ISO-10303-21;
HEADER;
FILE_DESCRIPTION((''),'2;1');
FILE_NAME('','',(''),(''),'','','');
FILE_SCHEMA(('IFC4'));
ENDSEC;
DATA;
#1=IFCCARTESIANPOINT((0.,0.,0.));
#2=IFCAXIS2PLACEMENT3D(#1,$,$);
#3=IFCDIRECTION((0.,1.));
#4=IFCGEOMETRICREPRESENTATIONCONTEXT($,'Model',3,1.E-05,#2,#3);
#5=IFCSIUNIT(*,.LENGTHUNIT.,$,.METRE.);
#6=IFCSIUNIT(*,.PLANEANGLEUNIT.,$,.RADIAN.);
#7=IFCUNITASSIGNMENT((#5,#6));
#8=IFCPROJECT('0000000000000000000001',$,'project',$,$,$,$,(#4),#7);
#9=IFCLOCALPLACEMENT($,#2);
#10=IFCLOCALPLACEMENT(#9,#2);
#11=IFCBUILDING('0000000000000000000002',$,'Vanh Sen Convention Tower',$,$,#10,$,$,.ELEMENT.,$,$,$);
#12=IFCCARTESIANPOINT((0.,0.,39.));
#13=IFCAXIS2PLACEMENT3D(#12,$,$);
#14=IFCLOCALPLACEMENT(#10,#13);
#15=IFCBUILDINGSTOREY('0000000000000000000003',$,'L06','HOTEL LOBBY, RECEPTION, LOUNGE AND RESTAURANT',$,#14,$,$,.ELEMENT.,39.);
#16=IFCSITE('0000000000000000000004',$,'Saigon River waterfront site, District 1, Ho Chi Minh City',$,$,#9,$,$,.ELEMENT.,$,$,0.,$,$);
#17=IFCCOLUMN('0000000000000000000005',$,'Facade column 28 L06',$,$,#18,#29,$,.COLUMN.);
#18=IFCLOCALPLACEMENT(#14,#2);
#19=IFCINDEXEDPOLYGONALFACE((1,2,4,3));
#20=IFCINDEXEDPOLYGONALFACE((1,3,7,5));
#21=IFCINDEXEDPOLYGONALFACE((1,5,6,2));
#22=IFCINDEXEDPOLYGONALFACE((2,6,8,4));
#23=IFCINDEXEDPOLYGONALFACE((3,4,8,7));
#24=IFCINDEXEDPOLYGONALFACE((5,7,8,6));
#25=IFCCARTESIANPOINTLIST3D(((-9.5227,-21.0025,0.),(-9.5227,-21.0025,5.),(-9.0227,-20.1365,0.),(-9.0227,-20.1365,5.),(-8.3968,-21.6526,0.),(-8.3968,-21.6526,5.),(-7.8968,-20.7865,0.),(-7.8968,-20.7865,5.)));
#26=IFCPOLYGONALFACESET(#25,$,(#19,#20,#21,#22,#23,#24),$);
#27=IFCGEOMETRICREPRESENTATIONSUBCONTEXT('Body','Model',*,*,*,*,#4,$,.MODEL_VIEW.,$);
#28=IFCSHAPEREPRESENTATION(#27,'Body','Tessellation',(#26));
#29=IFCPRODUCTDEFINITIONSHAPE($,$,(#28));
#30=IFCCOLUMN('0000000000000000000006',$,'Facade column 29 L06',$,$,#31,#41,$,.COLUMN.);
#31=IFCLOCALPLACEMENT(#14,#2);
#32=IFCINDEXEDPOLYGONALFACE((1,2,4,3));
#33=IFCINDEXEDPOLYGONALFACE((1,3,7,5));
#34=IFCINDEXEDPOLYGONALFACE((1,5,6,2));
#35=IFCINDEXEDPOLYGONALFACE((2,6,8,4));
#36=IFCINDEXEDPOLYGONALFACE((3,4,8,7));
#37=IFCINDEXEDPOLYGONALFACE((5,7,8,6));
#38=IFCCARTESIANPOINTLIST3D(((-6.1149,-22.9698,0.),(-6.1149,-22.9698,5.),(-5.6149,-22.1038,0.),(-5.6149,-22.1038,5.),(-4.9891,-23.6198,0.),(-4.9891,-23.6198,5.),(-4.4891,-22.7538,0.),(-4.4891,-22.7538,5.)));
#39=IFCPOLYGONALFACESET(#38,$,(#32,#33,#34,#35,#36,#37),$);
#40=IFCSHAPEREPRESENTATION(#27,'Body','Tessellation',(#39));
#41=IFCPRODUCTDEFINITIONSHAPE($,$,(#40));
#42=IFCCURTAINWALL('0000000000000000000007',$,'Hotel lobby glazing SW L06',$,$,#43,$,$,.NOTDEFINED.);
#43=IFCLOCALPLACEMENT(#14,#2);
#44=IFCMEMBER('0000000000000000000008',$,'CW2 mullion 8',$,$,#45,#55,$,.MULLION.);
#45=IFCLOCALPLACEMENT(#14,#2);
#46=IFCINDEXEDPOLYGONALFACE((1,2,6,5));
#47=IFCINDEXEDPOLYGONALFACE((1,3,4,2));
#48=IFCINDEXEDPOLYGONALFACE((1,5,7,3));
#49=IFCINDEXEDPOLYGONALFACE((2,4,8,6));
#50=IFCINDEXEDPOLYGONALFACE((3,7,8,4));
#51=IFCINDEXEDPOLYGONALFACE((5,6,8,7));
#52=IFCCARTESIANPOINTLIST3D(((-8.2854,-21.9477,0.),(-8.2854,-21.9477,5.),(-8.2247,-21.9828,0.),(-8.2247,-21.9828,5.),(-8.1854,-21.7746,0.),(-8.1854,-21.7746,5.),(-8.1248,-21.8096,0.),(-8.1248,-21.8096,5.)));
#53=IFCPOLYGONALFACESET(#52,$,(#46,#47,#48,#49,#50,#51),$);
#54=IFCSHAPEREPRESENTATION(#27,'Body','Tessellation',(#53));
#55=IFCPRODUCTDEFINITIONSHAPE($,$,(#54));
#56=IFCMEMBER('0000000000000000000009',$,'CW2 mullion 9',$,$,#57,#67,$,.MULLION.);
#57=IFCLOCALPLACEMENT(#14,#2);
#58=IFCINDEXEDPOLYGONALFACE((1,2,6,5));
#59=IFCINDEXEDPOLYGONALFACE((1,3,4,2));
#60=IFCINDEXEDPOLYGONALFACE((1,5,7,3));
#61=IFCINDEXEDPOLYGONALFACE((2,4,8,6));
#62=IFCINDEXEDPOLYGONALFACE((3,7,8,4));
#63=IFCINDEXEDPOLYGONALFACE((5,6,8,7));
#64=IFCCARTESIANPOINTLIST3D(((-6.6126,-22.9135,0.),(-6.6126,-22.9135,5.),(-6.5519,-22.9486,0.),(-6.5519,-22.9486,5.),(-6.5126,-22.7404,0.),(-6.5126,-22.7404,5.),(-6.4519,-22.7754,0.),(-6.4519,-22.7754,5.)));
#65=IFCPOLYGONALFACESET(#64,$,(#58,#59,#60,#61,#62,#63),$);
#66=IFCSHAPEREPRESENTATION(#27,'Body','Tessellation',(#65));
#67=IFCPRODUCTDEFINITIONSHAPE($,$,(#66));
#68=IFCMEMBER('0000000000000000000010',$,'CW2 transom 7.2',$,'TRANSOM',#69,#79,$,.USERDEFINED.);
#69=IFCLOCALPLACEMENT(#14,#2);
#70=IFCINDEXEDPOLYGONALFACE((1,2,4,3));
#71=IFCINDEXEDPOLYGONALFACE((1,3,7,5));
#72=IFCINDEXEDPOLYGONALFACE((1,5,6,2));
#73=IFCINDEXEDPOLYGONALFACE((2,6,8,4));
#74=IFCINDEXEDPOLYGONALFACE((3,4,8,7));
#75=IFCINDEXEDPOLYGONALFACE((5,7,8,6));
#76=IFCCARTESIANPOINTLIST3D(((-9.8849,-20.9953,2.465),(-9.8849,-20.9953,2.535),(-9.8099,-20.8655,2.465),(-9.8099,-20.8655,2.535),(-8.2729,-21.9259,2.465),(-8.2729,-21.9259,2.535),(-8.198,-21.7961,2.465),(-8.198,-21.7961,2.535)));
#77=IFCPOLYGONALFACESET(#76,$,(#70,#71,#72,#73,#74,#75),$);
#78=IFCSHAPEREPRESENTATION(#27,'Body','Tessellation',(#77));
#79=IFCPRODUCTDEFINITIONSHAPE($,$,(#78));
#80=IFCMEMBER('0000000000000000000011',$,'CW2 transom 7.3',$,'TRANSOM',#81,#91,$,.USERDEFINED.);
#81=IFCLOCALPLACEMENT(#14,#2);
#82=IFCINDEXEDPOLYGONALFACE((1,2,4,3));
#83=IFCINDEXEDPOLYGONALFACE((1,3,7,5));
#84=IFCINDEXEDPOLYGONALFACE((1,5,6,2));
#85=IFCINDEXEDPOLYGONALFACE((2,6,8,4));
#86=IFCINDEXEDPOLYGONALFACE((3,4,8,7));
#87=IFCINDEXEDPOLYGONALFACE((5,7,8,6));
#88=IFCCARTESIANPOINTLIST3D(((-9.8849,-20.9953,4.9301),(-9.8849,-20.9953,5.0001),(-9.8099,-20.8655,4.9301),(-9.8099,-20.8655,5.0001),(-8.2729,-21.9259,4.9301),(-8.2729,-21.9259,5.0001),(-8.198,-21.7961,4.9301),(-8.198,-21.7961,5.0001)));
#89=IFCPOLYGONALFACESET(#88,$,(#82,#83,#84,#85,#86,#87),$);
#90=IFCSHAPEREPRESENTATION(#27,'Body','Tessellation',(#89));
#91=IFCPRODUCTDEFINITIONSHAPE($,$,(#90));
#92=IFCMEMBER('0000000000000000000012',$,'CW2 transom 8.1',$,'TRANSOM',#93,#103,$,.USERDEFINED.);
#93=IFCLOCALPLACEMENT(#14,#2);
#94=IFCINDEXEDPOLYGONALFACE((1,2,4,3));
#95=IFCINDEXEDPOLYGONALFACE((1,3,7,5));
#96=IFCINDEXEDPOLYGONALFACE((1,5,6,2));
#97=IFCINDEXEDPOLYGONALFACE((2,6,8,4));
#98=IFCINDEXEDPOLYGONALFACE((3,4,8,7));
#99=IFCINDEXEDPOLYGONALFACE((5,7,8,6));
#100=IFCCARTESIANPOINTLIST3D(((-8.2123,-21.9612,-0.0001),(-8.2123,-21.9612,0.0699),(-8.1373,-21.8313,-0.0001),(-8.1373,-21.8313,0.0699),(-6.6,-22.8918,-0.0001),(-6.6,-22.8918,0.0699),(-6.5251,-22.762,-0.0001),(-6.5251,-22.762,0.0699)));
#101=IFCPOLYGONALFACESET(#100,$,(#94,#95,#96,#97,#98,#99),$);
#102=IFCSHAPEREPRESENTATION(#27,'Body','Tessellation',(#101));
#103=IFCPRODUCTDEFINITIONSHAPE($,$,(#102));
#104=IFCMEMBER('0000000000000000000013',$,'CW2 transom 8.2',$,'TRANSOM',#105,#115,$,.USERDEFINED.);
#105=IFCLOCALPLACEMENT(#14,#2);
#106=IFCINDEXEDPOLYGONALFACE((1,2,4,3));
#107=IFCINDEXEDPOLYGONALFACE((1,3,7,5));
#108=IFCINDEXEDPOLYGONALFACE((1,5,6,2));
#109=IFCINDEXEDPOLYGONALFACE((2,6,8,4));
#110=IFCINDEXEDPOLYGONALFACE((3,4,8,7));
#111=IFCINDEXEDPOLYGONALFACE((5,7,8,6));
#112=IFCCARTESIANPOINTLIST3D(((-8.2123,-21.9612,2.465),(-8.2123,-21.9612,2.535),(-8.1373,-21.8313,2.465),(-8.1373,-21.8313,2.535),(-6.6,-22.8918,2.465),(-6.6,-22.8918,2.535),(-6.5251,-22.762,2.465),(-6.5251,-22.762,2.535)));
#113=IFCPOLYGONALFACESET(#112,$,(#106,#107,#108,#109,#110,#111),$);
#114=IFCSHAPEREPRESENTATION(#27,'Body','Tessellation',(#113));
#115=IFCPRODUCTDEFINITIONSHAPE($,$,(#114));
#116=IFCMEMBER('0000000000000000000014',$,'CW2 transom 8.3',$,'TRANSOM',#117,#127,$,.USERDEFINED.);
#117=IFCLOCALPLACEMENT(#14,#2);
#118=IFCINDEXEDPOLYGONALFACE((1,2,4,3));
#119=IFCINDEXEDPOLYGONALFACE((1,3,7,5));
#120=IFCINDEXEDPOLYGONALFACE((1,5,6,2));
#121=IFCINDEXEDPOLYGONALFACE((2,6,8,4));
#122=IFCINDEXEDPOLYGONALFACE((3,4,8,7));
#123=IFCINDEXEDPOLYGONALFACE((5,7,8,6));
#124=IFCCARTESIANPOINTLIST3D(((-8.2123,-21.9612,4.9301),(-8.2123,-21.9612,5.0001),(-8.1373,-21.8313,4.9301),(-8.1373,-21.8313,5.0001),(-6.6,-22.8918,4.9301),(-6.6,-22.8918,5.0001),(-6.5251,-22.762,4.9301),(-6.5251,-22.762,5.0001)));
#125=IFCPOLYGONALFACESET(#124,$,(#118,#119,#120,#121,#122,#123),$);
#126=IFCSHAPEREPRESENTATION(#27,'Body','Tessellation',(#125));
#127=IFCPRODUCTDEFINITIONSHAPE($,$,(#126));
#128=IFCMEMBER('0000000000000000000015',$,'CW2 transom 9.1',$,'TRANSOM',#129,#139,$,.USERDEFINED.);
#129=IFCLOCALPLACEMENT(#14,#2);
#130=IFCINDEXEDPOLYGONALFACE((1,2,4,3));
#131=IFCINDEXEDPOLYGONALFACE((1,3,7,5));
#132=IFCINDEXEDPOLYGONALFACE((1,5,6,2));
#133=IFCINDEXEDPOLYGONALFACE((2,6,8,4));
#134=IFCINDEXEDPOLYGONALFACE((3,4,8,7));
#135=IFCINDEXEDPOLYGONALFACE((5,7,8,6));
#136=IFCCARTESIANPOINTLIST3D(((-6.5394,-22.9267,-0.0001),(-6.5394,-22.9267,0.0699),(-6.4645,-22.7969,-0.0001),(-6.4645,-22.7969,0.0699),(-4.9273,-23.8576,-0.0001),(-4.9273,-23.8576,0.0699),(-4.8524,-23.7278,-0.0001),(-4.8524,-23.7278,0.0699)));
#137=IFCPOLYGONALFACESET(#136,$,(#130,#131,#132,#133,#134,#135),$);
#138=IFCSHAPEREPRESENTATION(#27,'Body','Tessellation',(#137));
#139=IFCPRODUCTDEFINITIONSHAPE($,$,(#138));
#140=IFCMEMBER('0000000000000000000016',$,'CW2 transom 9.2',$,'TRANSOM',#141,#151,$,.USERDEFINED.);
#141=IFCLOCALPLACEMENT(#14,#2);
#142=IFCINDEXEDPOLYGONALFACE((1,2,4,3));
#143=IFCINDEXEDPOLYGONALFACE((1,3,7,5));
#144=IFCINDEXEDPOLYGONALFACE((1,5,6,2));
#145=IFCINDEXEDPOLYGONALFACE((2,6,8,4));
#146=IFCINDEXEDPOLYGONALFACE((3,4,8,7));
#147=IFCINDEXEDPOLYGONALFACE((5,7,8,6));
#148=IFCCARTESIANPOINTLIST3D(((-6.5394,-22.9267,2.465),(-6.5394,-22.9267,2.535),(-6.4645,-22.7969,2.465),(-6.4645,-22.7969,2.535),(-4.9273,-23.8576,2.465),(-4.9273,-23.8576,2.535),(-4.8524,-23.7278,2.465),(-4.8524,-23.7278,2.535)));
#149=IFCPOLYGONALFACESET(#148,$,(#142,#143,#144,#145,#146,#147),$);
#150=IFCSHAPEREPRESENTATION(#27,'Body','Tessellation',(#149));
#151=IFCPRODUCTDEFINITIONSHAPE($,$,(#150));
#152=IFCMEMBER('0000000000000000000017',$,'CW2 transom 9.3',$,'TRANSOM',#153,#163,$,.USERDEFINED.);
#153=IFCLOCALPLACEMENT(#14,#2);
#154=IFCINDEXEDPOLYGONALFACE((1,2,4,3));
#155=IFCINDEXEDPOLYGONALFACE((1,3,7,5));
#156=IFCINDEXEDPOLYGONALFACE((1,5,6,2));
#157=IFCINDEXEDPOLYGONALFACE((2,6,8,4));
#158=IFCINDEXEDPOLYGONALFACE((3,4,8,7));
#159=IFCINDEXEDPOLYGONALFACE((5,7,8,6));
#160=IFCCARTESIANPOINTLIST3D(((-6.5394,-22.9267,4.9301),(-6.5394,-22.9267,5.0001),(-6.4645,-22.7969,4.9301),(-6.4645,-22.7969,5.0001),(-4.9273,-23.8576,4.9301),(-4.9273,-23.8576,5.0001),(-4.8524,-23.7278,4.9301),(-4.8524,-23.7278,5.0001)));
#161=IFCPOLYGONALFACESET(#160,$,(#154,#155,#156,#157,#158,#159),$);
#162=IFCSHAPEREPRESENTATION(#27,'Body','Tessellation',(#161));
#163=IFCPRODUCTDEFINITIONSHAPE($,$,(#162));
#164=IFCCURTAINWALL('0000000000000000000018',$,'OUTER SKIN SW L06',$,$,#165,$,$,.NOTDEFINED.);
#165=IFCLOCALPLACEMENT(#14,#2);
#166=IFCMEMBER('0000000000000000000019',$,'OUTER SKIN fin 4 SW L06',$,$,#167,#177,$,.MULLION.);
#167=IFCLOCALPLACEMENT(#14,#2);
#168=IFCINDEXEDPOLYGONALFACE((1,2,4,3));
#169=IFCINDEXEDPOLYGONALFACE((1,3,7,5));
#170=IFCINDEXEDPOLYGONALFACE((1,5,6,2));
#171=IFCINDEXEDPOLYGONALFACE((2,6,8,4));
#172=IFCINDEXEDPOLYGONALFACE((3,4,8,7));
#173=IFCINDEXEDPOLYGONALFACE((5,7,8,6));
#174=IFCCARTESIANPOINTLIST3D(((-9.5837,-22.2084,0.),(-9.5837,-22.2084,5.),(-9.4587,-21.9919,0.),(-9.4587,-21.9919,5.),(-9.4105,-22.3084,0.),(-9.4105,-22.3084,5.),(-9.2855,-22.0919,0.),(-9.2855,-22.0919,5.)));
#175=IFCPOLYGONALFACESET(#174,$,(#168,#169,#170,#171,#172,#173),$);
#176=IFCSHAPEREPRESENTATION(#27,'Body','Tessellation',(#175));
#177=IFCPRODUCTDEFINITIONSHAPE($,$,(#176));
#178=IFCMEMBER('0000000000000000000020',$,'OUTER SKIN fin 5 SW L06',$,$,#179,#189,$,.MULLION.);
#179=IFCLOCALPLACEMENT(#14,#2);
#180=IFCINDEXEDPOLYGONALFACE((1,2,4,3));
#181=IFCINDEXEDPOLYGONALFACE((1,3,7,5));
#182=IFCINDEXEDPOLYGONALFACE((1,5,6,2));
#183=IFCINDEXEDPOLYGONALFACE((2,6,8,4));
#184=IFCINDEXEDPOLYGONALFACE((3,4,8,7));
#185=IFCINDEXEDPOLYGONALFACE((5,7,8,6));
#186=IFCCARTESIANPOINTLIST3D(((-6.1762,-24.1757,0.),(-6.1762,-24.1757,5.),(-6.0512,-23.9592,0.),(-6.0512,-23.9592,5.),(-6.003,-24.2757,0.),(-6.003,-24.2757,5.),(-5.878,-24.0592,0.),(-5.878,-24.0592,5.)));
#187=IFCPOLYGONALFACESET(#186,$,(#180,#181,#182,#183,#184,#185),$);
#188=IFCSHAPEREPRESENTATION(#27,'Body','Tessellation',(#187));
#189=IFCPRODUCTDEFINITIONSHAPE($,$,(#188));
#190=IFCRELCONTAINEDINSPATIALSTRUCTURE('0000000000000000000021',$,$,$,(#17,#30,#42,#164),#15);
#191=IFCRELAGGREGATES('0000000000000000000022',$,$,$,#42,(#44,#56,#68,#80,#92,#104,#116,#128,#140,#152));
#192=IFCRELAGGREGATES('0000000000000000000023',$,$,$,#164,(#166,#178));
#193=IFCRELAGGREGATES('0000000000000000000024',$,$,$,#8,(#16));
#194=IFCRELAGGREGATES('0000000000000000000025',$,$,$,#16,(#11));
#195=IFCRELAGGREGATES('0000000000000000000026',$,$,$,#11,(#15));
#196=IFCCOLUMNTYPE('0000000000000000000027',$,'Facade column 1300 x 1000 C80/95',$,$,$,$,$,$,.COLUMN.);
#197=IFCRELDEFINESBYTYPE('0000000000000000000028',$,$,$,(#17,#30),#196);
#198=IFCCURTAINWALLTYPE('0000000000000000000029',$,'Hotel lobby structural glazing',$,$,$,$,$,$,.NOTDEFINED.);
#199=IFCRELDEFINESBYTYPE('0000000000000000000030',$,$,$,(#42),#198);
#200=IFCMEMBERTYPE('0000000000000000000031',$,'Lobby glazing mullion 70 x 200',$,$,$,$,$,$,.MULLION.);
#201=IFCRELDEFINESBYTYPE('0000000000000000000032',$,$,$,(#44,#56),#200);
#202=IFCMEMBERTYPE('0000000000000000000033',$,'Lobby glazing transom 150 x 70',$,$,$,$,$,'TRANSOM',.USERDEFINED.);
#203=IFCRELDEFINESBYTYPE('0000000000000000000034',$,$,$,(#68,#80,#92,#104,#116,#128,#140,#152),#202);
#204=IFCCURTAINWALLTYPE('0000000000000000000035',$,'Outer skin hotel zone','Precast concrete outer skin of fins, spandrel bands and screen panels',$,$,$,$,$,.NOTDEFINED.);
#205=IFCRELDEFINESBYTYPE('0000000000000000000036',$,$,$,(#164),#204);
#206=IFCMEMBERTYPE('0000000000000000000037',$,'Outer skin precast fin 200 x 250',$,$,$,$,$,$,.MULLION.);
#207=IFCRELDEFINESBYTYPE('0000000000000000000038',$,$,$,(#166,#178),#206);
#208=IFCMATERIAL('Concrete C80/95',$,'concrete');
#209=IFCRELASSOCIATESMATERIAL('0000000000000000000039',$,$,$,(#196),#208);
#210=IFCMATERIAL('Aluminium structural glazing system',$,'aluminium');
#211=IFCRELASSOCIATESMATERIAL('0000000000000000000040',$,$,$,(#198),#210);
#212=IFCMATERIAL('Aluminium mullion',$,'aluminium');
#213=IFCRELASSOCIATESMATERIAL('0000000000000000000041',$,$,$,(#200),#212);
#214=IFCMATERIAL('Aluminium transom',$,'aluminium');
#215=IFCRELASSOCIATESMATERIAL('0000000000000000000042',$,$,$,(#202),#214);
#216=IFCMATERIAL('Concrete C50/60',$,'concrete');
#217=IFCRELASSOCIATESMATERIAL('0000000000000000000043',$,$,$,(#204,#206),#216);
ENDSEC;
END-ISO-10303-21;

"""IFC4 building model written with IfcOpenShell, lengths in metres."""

from ifc_helpers import new_model, si_unit, direction, frame, origin, origin_2d, place, context, subcontext, project, spatial, rectangle, extrude, material, material_profile, profile_set, type_object, element, aggregate, save


model = new_model("IFC4")

# Units and contexts
model_context = context("Model", 3, precision=1e-05, world=origin(), true_north=direction((0.0, 1.0)))
body_context = subcontext(model_context, "Body", "Model", "MODEL_VIEW")
ifc_project = project(units=[si_unit("LENGTHUNIT", "METRE"), si_unit("PLANEANGLEUNIT", "RADIAN")], contexts=[model_context])

# Site, building, storey
site_placement = place(None, origin())
site = spatial("IfcSite", under=ifc_project, at=site_placement, Name="Saigon River waterfront site, District 1, Ho Chi Minh City", CompositionType="ELEMENT", RefElevation=0.0)
building_placement = place(site_placement, origin())
building = spatial("IfcBuilding", under=site, at=building_placement, Name="Vanh Sen Convention Tower", CompositionType="ELEMENT")
storey_placement = place(building_placement, frame((0.0, 0.0, 39.0)))
storey = spatial("IfcBuildingStorey", under=building, at=storey_placement, Name="L06", Description="HOTEL LOBBY, RECEPTION, LOUNGE AND RESTAURANT", CompositionType="ELEMENT", Elevation=39.0)

# Columns
ifc_material_1 = material(Name="Concrete C80/95", Category="concrete")
ifc_material_profile_1 = material_profile(ifc_material_1, rectangle(XDim=1.3, YDim=1.0, at=origin_2d()), Name="RC 1300X1000")
ifc_profile_set_1 = profile_set([ifc_material_profile_1], Name="Concrete C80/95")
column_type = type_object("IfcColumnType", Name="Facade column 1300 x 1000 C80/95", PredefinedType="COLUMN", material=ifc_profile_set_1)
for number, where, z_axis, x_axis, name in (
    (1, (-8.7097, -20.8945, 0.0), (0.0, 0.0, 1.0), (0.866025, -0.5, 0.0), "Facade column 28 L06"),
    (2, (-5.302, -22.8618, 0.0), (0.0, 0.0, 1.0), (0.866025, -0.5, 0.0), "Facade column 29 L06"),
):
    element("IfcColumn", number, at=place(storey_placement, frame(where, z_axis=z_axis, x_axis=x_axis)), inside=storey, type_object=column_type, Name=name, PredefinedType="COLUMN", context=body_context, shape_type="SweptSolid", body=[
        extrude(rectangle(XDim=1.3, YDim=1.0, at=origin_2d()), origin(), (0.0, 0.0, 1.0), 5.0),
    ])

# Curtain walls, members
ifc_material_2 = material(Name="Aluminium structural glazing system", Category="aluminium")
curtain_wall_type_1 = type_object("IfcCurtainWallType", Name="Hotel lobby structural glazing", PredefinedType="NOTDEFINED", material=ifc_material_2)
curtain_wall_1_placement = place(storey_placement, origin())
curtain_wall_1 = element("IfcCurtainWall", 3, at=curtain_wall_1_placement, inside=storey, type_object=curtain_wall_type_1, Name="Hotel lobby glazing SW L06", PredefinedType="NOTDEFINED")
ifc_material_3 = material(Name="Aluminium mullion", Category="aluminium")
ifc_material_profile_2 = material_profile(ifc_material_3, rectangle(XDim=0.2, YDim=0.0701, at=origin_2d()), Name="Lobby glazing mullion 70 x 200")
ifc_profile_set_2 = profile_set([ifc_material_profile_2], Name="Aluminium mullion")
member_type_1 = type_object("IfcMemberType", Name="Lobby glazing mullion 70 x 200", PredefinedType="MULLION", material=ifc_profile_set_2)
member_1_placement = place(storey_placement, frame((-8.2051, -21.8787, 0.0), z_axis=(0.0, 0.0, 1.0), x_axis=(0.499997, 0.866027, 0.0)))
member_1 = element("IfcMember", 4, at=member_1_placement, type_object=member_type_1, Name="CW2 mullion 8", PredefinedType="MULLION", context=body_context, shape_type="SweptSolid", body=[
    extrude(rectangle(XDim=0.2, YDim=0.0701, at=origin_2d()), origin(), (0.0, 0.0, 1.0), 5.0),
])
member_2_placement = place(storey_placement, frame((-6.5322, -22.8445, 0.0), z_axis=(0.0, 0.0, 1.0), x_axis=(0.499997, 0.866027, 0.0)))
member_2 = element("IfcMember", 5, at=member_2_placement, type_object=member_type_1, Name="CW2 mullion 9", PredefinedType="MULLION", context=body_context, shape_type="SweptSolid", body=[
    extrude(rectangle(XDim=0.2, YDim=0.0701, at=origin_2d()), origin(), (0.0, 0.0, 1.0), 5.0),
])
ifc_material_4 = material(Name="Aluminium transom", Category="aluminium")
ifc_material_profile_3 = material_profile(ifc_material_4, rectangle(XDim=0.1499, YDim=0.0701, at=origin_2d()), Name="Lobby glazing transom 150 x 70")
ifc_profile_set_3 = profile_set([ifc_material_profile_3], Name="Aluminium transom")
member_type_2 = type_object("IfcMemberType", Name="Lobby glazing transom 150 x 70", ElementType="TRANSOM", PredefinedType="USERDEFINED", material=ifc_profile_set_3)
member_3_placement = place(storey_placement, frame((-9.8474, -20.9304, 2.5), z_axis=(0.866039, -0.499976, 0.0), x_axis=(0.499976, 0.866039, 0.0)))
member_3 = element("IfcMember", 6, at=member_3_placement, type_object=member_type_2, Name="CW2 transom 7.2", ObjectType="TRANSOM", PredefinedType="USERDEFINED", context=body_context, shape_type="SweptSolid", body=[
    extrude(rectangle(XDim=0.1499, YDim=0.0701, at=origin_2d()), origin(), (0.0, 0.0, 1.0), 1.8613),
])
member_4_placement = place(storey_placement, frame((-9.8474, -20.9304, 4.9651), z_axis=(0.866039, -0.499976, 0.0), x_axis=(0.499976, 0.866039, 0.0)))
member_4 = element("IfcMember", 7, at=member_4_placement, type_object=member_type_2, Name="CW2 transom 7.3", ObjectType="TRANSOM", PredefinedType="USERDEFINED", context=body_context, shape_type="SweptSolid", body=[
    extrude(rectangle(XDim=0.1499, YDim=0.0701, at=origin_2d()), origin(), (0.0, 0.0, 1.0), 1.8613),
])
member_5_placement = place(storey_placement, frame((-8.1748, -21.8962, 0.0349), z_axis=(0.866072, -0.499919, 0.0), x_axis=(0.499919, 0.866072, 0.0)))
member_5 = element("IfcMember", 8, at=member_5_placement, type_object=member_type_2, Name="CW2 transom 8.1", ObjectType="TRANSOM", PredefinedType="USERDEFINED", context=body_context, shape_type="SweptSolid", body=[
    extrude(rectangle(XDim=0.1499, YDim=0.0701, at=origin_2d()), origin(), (0.0, 0.0, 1.0), 1.8616),
])
member_6_placement = place(storey_placement, frame((-8.1748, -21.8962, 2.5), z_axis=(0.866072, -0.499919, 0.0), x_axis=(0.499919, 0.866072, 0.0)))
member_6 = element("IfcMember", 9, at=member_6_placement, type_object=member_type_2, Name="CW2 transom 8.2", ObjectType="TRANSOM", PredefinedType="USERDEFINED", context=body_context, shape_type="SweptSolid", body=[
    extrude(rectangle(XDim=0.1499, YDim=0.0701, at=origin_2d()), origin(), (0.0, 0.0, 1.0), 1.8616),
])
member_7_placement = place(storey_placement, frame((-8.1748, -21.8962, 4.9651), z_axis=(0.866072, -0.499919, 0.0), x_axis=(0.499919, 0.866072, 0.0)))
member_7 = element("IfcMember", 10, at=member_7_placement, type_object=member_type_2, Name="CW2 transom 8.3", ObjectType="TRANSOM", PredefinedType="USERDEFINED", context=body_context, shape_type="SweptSolid", body=[
    extrude(rectangle(XDim=0.1499, YDim=0.0701, at=origin_2d()), origin(), (0.0, 0.0, 1.0), 1.8616),
])
member_8_placement = place(storey_placement, frame((-6.502, -22.8618, 0.0349), z_axis=(0.865982, -0.500074, 0.0), x_axis=(0.500074, 0.865982, 0.0)))
member_8 = element("IfcMember", 11, at=member_8_placement, type_object=member_type_2, Name="CW2 transom 9.1", ObjectType="TRANSOM", PredefinedType="USERDEFINED", context=body_context, shape_type="SweptSolid", body=[
    extrude(rectangle(XDim=0.1499, YDim=0.0701, at=origin_2d()), origin(), (0.0, 0.0, 1.0), 1.8616),
])
member_9_placement = place(storey_placement, frame((-6.502, -22.8618, 2.5), z_axis=(0.865982, -0.500074, 0.0), x_axis=(0.500074, 0.865982, 0.0)))
member_9 = element("IfcMember", 12, at=member_9_placement, type_object=member_type_2, Name="CW2 transom 9.2", ObjectType="TRANSOM", PredefinedType="USERDEFINED", context=body_context, shape_type="SweptSolid", body=[
    extrude(rectangle(XDim=0.1499, YDim=0.0701, at=origin_2d()), origin(), (0.0, 0.0, 1.0), 1.8616),
])
member_10_placement = place(storey_placement, frame((-6.502, -22.8618, 4.9651), z_axis=(0.865982, -0.500074, 0.0), x_axis=(0.500074, 0.865982, 0.0)))
member_10 = element("IfcMember", 13, at=member_10_placement, type_object=member_type_2, Name="CW2 transom 9.3", ObjectType="TRANSOM", PredefinedType="USERDEFINED", context=body_context, shape_type="SweptSolid", body=[
    extrude(rectangle(XDim=0.1499, YDim=0.0701, at=origin_2d()), origin(), (0.0, 0.0, 1.0), 1.8616),
])
ifc_material_5 = material(Name="Concrete C50/60", Category="concrete")
curtain_wall_type_2 = type_object("IfcCurtainWallType", Name="Outer skin hotel zone", Description="Precast concrete outer skin of fins, spandrel bands and screen panels", PredefinedType="NOTDEFINED", material=ifc_material_5)
curtain_wall_2_placement = place(storey_placement, origin())
curtain_wall_2 = element("IfcCurtainWall", 14, at=curtain_wall_2_placement, inside=storey, type_object=curtain_wall_type_2, Name="OUTER SKIN SW L06", PredefinedType="NOTDEFINED")
ifc_material_profile_4 = material_profile(ifc_material_5, rectangle(XDim=0.2, YDim=0.25, at=origin_2d()), Name="Outer skin precast fin 200 x 250")
ifc_profile_set_4 = profile_set([ifc_material_profile_4], Name="Concrete C50/60")
member_type_3 = type_object("IfcMemberType", Name="Outer skin precast fin 200 x 250", PredefinedType="MULLION", material=ifc_profile_set_4)
member_11_placement = place(storey_placement, frame((-9.4346, -22.1501, 0.0), z_axis=(0.0, 0.0, 1.0), x_axis=(0.866025, -0.5, 0.0)))
member_11 = element("IfcMember", 15, at=member_11_placement, type_object=member_type_3, Name="OUTER SKIN fin 4 SW L06", PredefinedType="MULLION", context=body_context, shape_type="SweptSolid", body=[
    extrude(rectangle(XDim=0.2, YDim=0.25, at=origin_2d()), origin(), (0.0, 0.0, 1.0), 5.0),
])
member_12_placement = place(storey_placement, frame((-6.0271, -24.1174, 0.0), z_axis=(0.0, 0.0, 1.0), x_axis=(0.866025, -0.5, 0.0)))
member_12 = element("IfcMember", 16, at=member_12_placement, type_object=member_type_3, Name="OUTER SKIN fin 5 SW L06", PredefinedType="MULLION", context=body_context, shape_type="SweptSolid", body=[
    extrude(rectangle(XDim=0.2, YDim=0.25, at=origin_2d()), origin(), (0.0, 0.0, 1.0), 5.0),
])

aggregate(curtain_wall_1, [member_1, member_2, member_3, member_4, member_5, member_6, member_7, member_8, member_9, member_10])
aggregate(curtain_wall_2, [member_11, member_12])

save(model, "model.ifc")
